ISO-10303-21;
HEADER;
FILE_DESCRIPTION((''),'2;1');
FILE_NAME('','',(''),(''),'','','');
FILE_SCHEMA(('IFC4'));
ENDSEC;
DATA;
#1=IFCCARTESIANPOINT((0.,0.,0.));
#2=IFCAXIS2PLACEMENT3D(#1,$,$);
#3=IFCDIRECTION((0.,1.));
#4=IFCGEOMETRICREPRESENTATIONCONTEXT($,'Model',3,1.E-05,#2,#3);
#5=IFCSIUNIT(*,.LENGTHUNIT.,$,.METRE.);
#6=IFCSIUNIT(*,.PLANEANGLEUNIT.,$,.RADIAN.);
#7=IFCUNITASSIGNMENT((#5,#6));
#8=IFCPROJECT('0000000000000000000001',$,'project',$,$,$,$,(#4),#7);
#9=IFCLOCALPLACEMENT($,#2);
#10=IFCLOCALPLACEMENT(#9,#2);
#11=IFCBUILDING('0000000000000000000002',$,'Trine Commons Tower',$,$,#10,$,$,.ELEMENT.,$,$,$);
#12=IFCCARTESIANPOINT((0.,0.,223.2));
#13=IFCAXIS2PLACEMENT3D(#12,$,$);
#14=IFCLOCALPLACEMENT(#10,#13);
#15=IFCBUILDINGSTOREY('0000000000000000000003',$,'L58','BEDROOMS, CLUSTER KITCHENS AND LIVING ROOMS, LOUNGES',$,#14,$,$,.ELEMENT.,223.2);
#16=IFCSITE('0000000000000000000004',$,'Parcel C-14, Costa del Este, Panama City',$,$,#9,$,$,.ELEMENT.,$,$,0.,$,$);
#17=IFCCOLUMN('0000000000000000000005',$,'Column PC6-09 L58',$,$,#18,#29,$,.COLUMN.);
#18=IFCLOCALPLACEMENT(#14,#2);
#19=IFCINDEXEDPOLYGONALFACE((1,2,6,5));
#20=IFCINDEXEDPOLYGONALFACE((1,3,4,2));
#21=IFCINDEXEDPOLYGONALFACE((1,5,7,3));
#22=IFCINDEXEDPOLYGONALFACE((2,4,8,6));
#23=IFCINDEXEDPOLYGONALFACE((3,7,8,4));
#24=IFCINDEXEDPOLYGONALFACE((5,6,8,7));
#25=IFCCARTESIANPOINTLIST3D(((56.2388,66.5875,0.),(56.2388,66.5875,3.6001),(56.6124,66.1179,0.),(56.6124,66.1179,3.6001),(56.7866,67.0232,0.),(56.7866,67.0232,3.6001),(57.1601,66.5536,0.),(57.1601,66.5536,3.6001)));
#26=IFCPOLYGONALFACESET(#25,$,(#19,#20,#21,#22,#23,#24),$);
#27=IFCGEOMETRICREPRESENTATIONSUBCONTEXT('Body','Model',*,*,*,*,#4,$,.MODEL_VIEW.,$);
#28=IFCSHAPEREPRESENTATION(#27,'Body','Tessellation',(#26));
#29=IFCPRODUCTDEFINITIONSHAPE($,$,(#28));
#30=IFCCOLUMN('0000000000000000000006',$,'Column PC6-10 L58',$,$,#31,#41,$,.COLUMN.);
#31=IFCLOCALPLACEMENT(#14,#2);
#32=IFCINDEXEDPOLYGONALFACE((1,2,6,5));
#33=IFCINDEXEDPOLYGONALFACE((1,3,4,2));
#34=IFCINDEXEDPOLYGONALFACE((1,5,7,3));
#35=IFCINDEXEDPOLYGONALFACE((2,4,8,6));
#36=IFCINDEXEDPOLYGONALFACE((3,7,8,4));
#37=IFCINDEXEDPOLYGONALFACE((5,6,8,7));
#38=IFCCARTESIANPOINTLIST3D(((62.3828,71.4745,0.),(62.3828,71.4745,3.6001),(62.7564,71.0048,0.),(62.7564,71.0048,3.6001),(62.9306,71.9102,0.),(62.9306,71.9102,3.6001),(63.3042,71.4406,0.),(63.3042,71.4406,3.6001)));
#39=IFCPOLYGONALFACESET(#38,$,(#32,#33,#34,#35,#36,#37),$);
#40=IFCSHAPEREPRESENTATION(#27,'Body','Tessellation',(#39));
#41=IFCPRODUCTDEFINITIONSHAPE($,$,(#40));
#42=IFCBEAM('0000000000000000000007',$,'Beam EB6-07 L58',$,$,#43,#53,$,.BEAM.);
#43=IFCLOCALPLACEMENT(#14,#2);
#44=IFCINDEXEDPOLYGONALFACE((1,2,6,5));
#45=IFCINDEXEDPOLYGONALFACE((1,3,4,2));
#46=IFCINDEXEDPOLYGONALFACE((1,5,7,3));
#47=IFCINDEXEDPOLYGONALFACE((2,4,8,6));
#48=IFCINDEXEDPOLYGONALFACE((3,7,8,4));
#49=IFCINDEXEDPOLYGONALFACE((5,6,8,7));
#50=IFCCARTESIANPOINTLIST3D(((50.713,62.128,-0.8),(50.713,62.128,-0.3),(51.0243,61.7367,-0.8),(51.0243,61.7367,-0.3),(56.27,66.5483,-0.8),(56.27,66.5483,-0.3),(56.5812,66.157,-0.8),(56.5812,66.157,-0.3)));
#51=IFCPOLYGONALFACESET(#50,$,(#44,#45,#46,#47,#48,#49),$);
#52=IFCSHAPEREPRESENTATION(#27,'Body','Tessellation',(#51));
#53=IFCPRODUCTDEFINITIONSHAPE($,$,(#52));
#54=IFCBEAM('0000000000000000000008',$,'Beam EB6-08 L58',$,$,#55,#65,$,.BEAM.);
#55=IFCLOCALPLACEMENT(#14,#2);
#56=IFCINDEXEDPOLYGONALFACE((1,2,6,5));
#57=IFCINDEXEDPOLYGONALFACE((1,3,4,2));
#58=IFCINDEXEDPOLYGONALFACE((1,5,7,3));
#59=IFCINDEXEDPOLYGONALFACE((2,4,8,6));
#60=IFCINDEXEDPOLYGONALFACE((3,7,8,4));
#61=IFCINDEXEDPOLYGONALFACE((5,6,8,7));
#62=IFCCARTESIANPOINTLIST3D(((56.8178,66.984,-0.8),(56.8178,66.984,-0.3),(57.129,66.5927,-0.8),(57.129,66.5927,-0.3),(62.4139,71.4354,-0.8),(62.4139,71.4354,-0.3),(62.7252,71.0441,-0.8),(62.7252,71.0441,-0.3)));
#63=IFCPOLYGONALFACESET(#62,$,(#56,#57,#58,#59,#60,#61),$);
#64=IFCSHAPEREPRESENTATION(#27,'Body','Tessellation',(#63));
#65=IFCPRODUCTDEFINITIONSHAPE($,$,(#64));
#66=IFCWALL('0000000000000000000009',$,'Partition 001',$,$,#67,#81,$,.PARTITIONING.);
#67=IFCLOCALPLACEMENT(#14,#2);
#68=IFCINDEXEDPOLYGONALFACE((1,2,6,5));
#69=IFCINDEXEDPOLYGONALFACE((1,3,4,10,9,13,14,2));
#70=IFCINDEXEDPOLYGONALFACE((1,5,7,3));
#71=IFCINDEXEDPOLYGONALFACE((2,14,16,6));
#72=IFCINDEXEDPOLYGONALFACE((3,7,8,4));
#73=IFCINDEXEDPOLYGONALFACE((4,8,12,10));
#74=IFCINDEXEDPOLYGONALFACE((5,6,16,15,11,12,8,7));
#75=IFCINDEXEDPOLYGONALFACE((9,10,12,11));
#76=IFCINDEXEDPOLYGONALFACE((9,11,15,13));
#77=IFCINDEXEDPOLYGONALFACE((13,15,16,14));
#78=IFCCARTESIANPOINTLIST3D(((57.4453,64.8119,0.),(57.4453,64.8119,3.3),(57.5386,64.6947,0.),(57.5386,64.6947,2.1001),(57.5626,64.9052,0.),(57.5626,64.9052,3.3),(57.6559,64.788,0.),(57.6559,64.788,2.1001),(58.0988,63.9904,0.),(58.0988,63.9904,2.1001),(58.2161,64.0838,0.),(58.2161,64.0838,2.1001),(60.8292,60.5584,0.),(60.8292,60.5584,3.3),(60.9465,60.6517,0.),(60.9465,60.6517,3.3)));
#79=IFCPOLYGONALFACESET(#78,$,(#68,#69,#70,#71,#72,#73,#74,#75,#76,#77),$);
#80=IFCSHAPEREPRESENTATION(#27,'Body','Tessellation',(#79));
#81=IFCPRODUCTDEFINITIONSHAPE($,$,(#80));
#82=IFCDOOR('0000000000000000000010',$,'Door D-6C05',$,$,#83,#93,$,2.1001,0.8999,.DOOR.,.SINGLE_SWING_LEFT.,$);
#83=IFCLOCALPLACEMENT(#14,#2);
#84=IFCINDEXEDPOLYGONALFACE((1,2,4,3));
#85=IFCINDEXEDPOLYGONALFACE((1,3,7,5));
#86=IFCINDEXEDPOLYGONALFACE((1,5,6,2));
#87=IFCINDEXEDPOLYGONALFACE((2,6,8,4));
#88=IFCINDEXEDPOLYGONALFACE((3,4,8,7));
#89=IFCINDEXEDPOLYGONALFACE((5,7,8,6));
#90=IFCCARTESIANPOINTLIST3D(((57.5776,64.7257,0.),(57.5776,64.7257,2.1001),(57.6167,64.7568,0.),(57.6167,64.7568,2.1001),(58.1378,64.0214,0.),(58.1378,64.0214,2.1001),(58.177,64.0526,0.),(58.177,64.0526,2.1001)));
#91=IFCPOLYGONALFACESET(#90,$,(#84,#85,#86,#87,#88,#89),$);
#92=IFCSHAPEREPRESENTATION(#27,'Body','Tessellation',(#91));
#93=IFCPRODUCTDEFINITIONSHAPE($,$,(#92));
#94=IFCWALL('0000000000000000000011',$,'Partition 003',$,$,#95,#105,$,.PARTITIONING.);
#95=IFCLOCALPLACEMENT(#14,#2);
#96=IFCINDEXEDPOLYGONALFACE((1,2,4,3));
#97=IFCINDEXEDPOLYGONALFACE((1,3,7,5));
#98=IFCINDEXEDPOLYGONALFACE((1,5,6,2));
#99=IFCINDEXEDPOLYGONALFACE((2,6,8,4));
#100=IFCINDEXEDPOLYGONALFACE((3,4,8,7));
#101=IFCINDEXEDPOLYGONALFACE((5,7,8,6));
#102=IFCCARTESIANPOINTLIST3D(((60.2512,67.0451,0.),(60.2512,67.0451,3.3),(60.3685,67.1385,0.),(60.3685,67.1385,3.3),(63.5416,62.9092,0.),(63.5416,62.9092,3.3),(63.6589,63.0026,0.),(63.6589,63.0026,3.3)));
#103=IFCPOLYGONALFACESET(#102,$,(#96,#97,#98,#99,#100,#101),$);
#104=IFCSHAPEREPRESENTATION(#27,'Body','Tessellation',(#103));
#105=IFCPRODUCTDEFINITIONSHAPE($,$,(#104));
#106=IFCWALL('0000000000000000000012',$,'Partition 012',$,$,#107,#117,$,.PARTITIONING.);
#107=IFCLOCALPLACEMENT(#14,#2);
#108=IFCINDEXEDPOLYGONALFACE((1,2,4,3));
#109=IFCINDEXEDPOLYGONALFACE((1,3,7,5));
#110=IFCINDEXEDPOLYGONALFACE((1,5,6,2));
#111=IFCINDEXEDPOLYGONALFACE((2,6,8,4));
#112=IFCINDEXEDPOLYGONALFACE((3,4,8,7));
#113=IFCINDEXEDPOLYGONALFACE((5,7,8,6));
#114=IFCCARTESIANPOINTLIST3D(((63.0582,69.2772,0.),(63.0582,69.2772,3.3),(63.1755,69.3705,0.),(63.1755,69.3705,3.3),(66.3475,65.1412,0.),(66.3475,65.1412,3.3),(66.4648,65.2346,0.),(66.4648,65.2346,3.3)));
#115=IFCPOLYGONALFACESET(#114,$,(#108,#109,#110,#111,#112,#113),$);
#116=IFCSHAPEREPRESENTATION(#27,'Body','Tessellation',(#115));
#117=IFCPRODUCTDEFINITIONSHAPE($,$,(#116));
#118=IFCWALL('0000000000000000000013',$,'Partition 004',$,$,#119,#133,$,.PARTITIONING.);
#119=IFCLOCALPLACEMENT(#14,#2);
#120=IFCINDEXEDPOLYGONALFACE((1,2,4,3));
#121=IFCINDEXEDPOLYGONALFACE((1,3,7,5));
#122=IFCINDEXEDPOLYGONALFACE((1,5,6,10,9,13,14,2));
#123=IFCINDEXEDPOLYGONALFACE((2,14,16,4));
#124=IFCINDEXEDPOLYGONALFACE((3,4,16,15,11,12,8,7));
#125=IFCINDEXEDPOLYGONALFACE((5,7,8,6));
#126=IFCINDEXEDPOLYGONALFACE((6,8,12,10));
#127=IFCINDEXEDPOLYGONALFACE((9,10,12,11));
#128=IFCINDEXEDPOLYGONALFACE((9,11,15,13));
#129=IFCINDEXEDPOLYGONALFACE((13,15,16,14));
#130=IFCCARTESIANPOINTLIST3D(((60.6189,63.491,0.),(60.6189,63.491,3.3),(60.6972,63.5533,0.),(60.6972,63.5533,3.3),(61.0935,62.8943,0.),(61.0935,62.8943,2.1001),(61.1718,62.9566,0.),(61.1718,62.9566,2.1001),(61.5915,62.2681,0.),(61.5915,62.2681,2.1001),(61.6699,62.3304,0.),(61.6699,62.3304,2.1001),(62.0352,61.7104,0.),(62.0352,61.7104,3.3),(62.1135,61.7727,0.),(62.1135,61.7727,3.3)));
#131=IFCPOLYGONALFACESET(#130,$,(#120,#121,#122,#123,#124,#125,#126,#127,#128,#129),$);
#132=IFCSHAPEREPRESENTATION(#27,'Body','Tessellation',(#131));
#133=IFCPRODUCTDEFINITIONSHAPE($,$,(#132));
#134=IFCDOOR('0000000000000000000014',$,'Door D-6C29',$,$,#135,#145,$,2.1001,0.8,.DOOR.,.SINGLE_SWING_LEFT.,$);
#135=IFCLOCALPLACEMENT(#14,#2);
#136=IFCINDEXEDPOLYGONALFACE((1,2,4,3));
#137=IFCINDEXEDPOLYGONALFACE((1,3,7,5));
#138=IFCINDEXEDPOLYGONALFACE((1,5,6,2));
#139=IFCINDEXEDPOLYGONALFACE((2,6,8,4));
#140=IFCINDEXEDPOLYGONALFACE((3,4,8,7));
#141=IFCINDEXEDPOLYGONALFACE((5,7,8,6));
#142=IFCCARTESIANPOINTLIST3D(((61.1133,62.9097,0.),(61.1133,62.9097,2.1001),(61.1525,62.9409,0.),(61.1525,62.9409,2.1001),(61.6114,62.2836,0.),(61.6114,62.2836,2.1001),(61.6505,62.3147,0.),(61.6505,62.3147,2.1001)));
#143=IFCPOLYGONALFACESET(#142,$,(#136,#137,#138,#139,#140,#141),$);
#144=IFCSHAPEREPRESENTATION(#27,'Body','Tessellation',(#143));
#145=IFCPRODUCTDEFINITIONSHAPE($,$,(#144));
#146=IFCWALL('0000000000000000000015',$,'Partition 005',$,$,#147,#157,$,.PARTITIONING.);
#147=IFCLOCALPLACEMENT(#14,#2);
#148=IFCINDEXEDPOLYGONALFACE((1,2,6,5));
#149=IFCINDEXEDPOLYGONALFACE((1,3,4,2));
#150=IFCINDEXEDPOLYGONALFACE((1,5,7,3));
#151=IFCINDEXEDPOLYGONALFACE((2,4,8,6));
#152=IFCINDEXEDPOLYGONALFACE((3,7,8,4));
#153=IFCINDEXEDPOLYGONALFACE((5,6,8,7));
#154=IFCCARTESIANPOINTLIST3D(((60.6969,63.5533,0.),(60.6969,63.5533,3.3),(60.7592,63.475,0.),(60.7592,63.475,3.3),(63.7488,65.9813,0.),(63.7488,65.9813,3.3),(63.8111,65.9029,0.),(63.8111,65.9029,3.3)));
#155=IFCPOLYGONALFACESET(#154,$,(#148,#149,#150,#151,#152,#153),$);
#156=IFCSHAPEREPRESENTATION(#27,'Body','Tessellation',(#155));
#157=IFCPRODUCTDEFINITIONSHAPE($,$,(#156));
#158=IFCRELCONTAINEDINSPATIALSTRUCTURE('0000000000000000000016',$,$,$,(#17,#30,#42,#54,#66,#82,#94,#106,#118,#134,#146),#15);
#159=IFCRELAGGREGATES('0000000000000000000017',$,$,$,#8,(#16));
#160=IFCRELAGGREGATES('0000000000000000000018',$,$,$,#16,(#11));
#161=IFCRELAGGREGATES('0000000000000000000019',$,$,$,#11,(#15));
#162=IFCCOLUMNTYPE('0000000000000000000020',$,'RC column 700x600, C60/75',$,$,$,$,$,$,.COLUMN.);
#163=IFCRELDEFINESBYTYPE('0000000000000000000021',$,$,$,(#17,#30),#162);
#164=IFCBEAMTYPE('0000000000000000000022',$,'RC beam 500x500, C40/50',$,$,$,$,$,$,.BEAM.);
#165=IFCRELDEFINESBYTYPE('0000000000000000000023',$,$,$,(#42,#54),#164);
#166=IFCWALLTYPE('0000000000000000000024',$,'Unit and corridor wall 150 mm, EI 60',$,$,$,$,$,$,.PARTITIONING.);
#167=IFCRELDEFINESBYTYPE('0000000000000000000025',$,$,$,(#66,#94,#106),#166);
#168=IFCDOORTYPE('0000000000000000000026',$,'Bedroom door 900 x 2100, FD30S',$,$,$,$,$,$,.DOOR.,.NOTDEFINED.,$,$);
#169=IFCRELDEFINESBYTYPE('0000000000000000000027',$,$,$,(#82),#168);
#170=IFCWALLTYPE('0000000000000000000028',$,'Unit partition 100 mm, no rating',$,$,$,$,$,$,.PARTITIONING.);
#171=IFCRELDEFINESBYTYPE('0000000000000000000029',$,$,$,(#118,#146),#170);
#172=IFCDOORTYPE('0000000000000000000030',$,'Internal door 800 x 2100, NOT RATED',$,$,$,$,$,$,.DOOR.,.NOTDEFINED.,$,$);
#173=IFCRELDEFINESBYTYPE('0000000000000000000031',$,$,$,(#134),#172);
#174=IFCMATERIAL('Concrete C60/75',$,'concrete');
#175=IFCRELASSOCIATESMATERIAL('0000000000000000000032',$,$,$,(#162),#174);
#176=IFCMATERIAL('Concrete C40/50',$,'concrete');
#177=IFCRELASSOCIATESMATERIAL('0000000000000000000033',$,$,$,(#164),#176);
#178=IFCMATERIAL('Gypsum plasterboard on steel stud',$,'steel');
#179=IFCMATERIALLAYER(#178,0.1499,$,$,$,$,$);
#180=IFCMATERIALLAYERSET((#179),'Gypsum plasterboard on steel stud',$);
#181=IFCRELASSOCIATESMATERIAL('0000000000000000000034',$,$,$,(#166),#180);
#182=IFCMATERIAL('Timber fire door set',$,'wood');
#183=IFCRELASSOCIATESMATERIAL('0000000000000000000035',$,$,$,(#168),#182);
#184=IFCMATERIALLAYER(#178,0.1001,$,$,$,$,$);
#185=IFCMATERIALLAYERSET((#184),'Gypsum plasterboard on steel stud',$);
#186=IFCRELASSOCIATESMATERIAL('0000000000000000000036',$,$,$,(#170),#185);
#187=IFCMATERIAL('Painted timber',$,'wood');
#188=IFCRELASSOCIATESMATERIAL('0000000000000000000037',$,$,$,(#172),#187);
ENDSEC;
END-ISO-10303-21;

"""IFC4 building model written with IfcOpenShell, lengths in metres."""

from ifc_helpers import new_model, si_unit, direction, frame, frame_2d, origin, origin_2d, place, context, subcontext, project, spatial, rectangle, extrude, material, layer, layer_set, material_profile, profile_set, type_object, element, fill, save


model = new_model("IFC4")

# Units and contexts
model_context = context("Model", 3, precision=1e-05, world=origin(), true_north=direction((0.0, 1.0)))
body_context = subcontext(model_context, "Body", "Model", "MODEL_VIEW")
ifc_project = project(units=[si_unit("LENGTHUNIT", "METRE"), si_unit("PLANEANGLEUNIT", "RADIAN")], contexts=[model_context])

# Site, building, storey
site_placement = place(None, origin())
site = spatial("IfcSite", under=ifc_project, at=site_placement, Name="Parcel C-14, Costa del Este, Panama City", CompositionType="ELEMENT", RefElevation=0.0)
building_placement = place(site_placement, origin())
building = spatial("IfcBuilding", under=site, at=building_placement, Name="Trine Commons Tower", CompositionType="ELEMENT")
storey_placement = place(building_placement, frame((0.0, 0.0, 223.2)))
storey = spatial("IfcBuildingStorey", under=building, at=storey_placement, Name="L58", Description="BEDROOMS, CLUSTER KITCHENS AND LIVING ROOMS, LOUNGES", CompositionType="ELEMENT", Elevation=223.2)

# Columns
ifc_material_1 = material(Name="Concrete C60/75", Category="concrete")
ifc_material_profile_1 = material_profile(ifc_material_1, rectangle(XDim=0.7, YDim=0.6001, at=origin_2d()), Name="RC 700x600")
ifc_profile_set_1 = profile_set([ifc_material_profile_1], Name="Concrete C60/75")
column_type = type_object("IfcColumnType", Name="RC column 700x600, C60/75", PredefinedType="COLUMN", material=ifc_profile_set_1)
for number, where, z_axis, x_axis, name in (
    (1, (56.6995, 66.5706, 0.0), (0.0, 0.0, 1.0), (0.782608, 0.622515, 0.0), "Column PC6-09 L58"),
    (2, (62.8435, 71.4575, 0.0), (0.0, 0.0, 1.0), (0.782608, 0.622515, 0.0), "Column PC6-10 L58"),
):
    element("IfcColumn", number, at=place(storey_placement, frame(where, z_axis=z_axis, x_axis=x_axis)), inside=storey, type_object=column_type, Name=name, PredefinedType="COLUMN", context=body_context, shape_type="SweptSolid", body=[
        extrude(rectangle(XDim=0.7, YDim=0.6001, at=origin_2d()), origin(), (0.0, 0.0, 1.0), 3.6001),
    ])

# Beams
ifc_material_2 = material(Name="Concrete C40/50", Category="concrete")
ifc_material_profile_2 = material_profile(ifc_material_2, rectangle(XDim=0.5, YDim=0.5, at=origin_2d()), Name="RC 500x500")
ifc_profile_set_2 = profile_set([ifc_material_profile_2], Name="Concrete C40/50")
beam_type = type_object("IfcBeamType", Name="RC beam 500x500, C40/50", PredefinedType="BEAM", material=ifc_profile_set_2)
beam_1_placement = place(storey_placement, frame((50.8687, 61.9324, -0.55), z_axis=(0.782607, 0.622516, 0.0), x_axis=(-0.622516, 0.782607, 0.0)))
element("IfcBeam", 3, at=beam_1_placement, inside=storey, type_object=beam_type, Name="Beam EB6-07 L58", PredefinedType="BEAM", context=body_context, shape_type="SweptSolid", body=[
    extrude(rectangle(XDim=0.5, YDim=0.5, at=origin_2d()), origin(), (0.0, 0.0, 1.0), 7.1006),
])
beam_2_placement = place(storey_placement, frame((56.9734, 66.7883, -0.55), z_axis=(0.782608, 0.622515, 0.0), x_axis=(-0.622515, 0.782608, 0.0)))
element("IfcBeam", 4, at=beam_2_placement, inside=storey, type_object=beam_type, Name="Beam EB6-08 L58", PredefinedType="BEAM", context=body_context, shape_type="SweptSolid", body=[
    extrude(rectangle(XDim=0.5, YDim=0.5, at=origin_2d()), origin(), (0.0, 0.0, 1.0), 7.1506),
])

# Wall, opening, door
ifc_material_3 = material(Name="Gypsum plasterboard on steel stud", Category="steel")
ifc_layer_1 = layer(ifc_material_3, 0.1499)
ifc_layer_set_1 = layer_set([ifc_layer_1], Name="Gypsum plasterboard on steel stud")
wall_type_1 = type_object("IfcWallType", Name="Unit and corridor wall 150 mm, EI 60", PredefinedType="PARTITIONING", material=ifc_layer_set_1)
wall_1_placement = place(storey_placement, frame((57.5039, 64.8586, 0.0), z_axis=(0.0, 0.0, 1.0), x_axis=(0.622567, -0.782566, 0.0)))
wall_1 = element("IfcWall", 5, at=wall_1_placement, inside=storey, type_object=wall_type_1, Name="Partition 001", PredefinedType="PARTITIONING", context=body_context, shape_type="SweptSolid", body=[
    extrude(rectangle(XDim=5.4353, YDim=0.1499, at=frame_2d((2.7178, 0.0))), origin(), (0.0, 0.0, 1.0), 3.3),
])
opening_1_placement = place(wall_1_placement, frame((0.1499, 0.0, 0.0)))
opening_1 = element("IfcOpeningElement", 6, at=opening_1_placement, cuts=wall_1, PredefinedType="OPENING", context=body_context, shape_type="SweptSolid", body=[
    extrude(rectangle(XDim=0.8999, YDim=2.1001, at=frame_2d((0.45, 1.05))), frame((0.0, 0.085, 0.0), z_axis=(0.0, -1.0, 0.0), x_axis=(1.0, 0.0, 0.0)), (0.0, 0.0, 1.0), 0.1699),
])
ifc_material_4 = material(Name="Timber fire door set", Category="wood")
door_type_1 = type_object("IfcDoorType", Name="Bedroom door 900 x 2100, FD30S", OperationType="NOTDEFINED", PredefinedType="DOOR", material=ifc_material_4)
door_1_placement = place(opening_1_placement, origin())
door_1 = element("IfcDoor", 7, at=door_1_placement, inside=storey, type_object=door_type_1, Name="Door D-6C05", OperationType="SINGLE_SWING_LEFT", OverallHeight=2.1001, OverallWidth=0.8999, PredefinedType="DOOR", context=body_context, shape_type="SweptSolid", body=[
    extrude(rectangle(XDim=0.8999, YDim=2.1001, at=frame_2d((0.45, 1.05))), frame((0.0, 0.0249, 0.0), z_axis=(0.0, -1.0, 0.0), x_axis=(1.0, 0.0, 0.0)), (0.0, 0.0, 1.0), 0.05),
])
fill(opening_1, door_1)

# Walls
wall_2_placement = place(storey_placement, frame((60.3098, 67.0918, 0.0), z_axis=(0.0, 0.0, 1.0), x_axis=(0.622586, -0.782551, 0.0)))
element("IfcWall", 8, at=wall_2_placement, inside=storey, type_object=wall_type_1, Name="Partition 003", PredefinedType="PARTITIONING", context=body_context, shape_type="SweptSolid", body=[
    extrude(rectangle(XDim=5.2852, YDim=0.1499, at=frame_2d((2.6426, 0.0))), origin(), (0.0, 0.0, 1.0), 3.3),
])
wall_3_placement = place(storey_placement, frame((63.1169, 69.3237, 0.0), z_axis=(0.0, 0.0, 1.0), x_axis=(0.622444, -0.782664, 0.0)))
element("IfcWall", 9, at=wall_3_placement, inside=storey, type_object=wall_type_1, Name="Partition 012", PredefinedType="PARTITIONING", context=body_context, shape_type="SweptSolid", body=[
    extrude(rectangle(XDim=5.2844, YDim=0.1499, at=frame_2d((2.6421, 0.0))), origin(), (0.0, 0.0, 1.0), 3.3),
])

# Wall, opening, door
ifc_layer_2 = layer(ifc_material_3, 0.1001)
ifc_layer_set_2 = layer_set([ifc_layer_2], Name="Gypsum plasterboard on steel stud")
wall_type_2 = type_object("IfcWallType", Name="Unit partition 100 mm, no rating", PredefinedType="PARTITIONING", material=ifc_layer_set_2)
wall_4_placement = place(storey_placement, frame((60.658, 63.5222, 0.0), z_axis=(0.0, 0.0, 1.0), x_axis=(0.622507, -0.782614, 0.0)))
wall_4 = element("IfcWall", 10, at=wall_4_placement, inside=storey, type_object=wall_type_2, Name="Partition 004", PredefinedType="PARTITIONING", context=body_context, shape_type="SweptSolid", body=[
    extrude(rectangle(XDim=2.2751, YDim=0.1001, at=frame_2d((1.1377, 0.0))), origin(), (0.0, 0.0, 1.0), 3.3),
])
opening_2_placement = place(wall_4_placement, frame((0.7627, 0.0, 0.0)))
opening_2 = element("IfcOpeningElement", 11, at=opening_2_placement, cuts=wall_4, PredefinedType="OPENING", context=body_context, shape_type="SweptSolid", body=[
    extrude(rectangle(XDim=0.8, YDim=2.1001, at=frame_2d((0.3999, 1.05))), frame((0.0, 0.0601, 0.0), z_axis=(0.0, -1.0, 0.0), x_axis=(1.0, 0.0, 0.0)), (0.0, 0.0, 1.0), 0.1201),
])
ifc_material_5 = material(Name="Painted timber", Category="wood")
door_type_2 = type_object("IfcDoorType", Name="Internal door 800 x 2100, NOT RATED", OperationType="NOTDEFINED", PredefinedType="DOOR", material=ifc_material_5)
door_2_placement = place(opening_2_placement, frame((0.8, 0.0, 0.0), z_axis=(0.0, 0.0, 1.0), x_axis=(-1.0, 0.0, 0.0)))
door_2 = element("IfcDoor", 12, at=door_2_placement, inside=storey, type_object=door_type_2, Name="Door D-6C29", OperationType="SINGLE_SWING_LEFT", OverallHeight=2.1001, OverallWidth=0.8, PredefinedType="DOOR", context=body_context, shape_type="SweptSolid", body=[
    extrude(rectangle(XDim=0.8, YDim=2.1001, at=frame_2d((0.3999, 1.05))), frame((0.0, 0.0249, 0.0), z_axis=(0.0, -1.0, 0.0), x_axis=(1.0, 0.0, 0.0)), (0.0, 0.0, 1.0), 0.05),
])
fill(opening_2, door_2)

# Wall
wall_5_placement = place(storey_placement, frame((60.728, 63.5142, 0.0), z_axis=(0.0, 0.0, 1.0), x_axis=(0.78257, 0.622563, 0.0)))
element("IfcWall", 13, at=wall_5_placement, inside=storey, type_object=wall_type_2, Name="Partition 005", PredefinedType="PARTITIONING", context=body_context, shape_type="SweptSolid", body=[
    extrude(rectangle(XDim=3.8999, YDim=0.1001, at=frame_2d((1.95, 0.0))), origin(), (0.0, 0.0, 1.0), 3.3),
])

save(model, "model.ifc")
